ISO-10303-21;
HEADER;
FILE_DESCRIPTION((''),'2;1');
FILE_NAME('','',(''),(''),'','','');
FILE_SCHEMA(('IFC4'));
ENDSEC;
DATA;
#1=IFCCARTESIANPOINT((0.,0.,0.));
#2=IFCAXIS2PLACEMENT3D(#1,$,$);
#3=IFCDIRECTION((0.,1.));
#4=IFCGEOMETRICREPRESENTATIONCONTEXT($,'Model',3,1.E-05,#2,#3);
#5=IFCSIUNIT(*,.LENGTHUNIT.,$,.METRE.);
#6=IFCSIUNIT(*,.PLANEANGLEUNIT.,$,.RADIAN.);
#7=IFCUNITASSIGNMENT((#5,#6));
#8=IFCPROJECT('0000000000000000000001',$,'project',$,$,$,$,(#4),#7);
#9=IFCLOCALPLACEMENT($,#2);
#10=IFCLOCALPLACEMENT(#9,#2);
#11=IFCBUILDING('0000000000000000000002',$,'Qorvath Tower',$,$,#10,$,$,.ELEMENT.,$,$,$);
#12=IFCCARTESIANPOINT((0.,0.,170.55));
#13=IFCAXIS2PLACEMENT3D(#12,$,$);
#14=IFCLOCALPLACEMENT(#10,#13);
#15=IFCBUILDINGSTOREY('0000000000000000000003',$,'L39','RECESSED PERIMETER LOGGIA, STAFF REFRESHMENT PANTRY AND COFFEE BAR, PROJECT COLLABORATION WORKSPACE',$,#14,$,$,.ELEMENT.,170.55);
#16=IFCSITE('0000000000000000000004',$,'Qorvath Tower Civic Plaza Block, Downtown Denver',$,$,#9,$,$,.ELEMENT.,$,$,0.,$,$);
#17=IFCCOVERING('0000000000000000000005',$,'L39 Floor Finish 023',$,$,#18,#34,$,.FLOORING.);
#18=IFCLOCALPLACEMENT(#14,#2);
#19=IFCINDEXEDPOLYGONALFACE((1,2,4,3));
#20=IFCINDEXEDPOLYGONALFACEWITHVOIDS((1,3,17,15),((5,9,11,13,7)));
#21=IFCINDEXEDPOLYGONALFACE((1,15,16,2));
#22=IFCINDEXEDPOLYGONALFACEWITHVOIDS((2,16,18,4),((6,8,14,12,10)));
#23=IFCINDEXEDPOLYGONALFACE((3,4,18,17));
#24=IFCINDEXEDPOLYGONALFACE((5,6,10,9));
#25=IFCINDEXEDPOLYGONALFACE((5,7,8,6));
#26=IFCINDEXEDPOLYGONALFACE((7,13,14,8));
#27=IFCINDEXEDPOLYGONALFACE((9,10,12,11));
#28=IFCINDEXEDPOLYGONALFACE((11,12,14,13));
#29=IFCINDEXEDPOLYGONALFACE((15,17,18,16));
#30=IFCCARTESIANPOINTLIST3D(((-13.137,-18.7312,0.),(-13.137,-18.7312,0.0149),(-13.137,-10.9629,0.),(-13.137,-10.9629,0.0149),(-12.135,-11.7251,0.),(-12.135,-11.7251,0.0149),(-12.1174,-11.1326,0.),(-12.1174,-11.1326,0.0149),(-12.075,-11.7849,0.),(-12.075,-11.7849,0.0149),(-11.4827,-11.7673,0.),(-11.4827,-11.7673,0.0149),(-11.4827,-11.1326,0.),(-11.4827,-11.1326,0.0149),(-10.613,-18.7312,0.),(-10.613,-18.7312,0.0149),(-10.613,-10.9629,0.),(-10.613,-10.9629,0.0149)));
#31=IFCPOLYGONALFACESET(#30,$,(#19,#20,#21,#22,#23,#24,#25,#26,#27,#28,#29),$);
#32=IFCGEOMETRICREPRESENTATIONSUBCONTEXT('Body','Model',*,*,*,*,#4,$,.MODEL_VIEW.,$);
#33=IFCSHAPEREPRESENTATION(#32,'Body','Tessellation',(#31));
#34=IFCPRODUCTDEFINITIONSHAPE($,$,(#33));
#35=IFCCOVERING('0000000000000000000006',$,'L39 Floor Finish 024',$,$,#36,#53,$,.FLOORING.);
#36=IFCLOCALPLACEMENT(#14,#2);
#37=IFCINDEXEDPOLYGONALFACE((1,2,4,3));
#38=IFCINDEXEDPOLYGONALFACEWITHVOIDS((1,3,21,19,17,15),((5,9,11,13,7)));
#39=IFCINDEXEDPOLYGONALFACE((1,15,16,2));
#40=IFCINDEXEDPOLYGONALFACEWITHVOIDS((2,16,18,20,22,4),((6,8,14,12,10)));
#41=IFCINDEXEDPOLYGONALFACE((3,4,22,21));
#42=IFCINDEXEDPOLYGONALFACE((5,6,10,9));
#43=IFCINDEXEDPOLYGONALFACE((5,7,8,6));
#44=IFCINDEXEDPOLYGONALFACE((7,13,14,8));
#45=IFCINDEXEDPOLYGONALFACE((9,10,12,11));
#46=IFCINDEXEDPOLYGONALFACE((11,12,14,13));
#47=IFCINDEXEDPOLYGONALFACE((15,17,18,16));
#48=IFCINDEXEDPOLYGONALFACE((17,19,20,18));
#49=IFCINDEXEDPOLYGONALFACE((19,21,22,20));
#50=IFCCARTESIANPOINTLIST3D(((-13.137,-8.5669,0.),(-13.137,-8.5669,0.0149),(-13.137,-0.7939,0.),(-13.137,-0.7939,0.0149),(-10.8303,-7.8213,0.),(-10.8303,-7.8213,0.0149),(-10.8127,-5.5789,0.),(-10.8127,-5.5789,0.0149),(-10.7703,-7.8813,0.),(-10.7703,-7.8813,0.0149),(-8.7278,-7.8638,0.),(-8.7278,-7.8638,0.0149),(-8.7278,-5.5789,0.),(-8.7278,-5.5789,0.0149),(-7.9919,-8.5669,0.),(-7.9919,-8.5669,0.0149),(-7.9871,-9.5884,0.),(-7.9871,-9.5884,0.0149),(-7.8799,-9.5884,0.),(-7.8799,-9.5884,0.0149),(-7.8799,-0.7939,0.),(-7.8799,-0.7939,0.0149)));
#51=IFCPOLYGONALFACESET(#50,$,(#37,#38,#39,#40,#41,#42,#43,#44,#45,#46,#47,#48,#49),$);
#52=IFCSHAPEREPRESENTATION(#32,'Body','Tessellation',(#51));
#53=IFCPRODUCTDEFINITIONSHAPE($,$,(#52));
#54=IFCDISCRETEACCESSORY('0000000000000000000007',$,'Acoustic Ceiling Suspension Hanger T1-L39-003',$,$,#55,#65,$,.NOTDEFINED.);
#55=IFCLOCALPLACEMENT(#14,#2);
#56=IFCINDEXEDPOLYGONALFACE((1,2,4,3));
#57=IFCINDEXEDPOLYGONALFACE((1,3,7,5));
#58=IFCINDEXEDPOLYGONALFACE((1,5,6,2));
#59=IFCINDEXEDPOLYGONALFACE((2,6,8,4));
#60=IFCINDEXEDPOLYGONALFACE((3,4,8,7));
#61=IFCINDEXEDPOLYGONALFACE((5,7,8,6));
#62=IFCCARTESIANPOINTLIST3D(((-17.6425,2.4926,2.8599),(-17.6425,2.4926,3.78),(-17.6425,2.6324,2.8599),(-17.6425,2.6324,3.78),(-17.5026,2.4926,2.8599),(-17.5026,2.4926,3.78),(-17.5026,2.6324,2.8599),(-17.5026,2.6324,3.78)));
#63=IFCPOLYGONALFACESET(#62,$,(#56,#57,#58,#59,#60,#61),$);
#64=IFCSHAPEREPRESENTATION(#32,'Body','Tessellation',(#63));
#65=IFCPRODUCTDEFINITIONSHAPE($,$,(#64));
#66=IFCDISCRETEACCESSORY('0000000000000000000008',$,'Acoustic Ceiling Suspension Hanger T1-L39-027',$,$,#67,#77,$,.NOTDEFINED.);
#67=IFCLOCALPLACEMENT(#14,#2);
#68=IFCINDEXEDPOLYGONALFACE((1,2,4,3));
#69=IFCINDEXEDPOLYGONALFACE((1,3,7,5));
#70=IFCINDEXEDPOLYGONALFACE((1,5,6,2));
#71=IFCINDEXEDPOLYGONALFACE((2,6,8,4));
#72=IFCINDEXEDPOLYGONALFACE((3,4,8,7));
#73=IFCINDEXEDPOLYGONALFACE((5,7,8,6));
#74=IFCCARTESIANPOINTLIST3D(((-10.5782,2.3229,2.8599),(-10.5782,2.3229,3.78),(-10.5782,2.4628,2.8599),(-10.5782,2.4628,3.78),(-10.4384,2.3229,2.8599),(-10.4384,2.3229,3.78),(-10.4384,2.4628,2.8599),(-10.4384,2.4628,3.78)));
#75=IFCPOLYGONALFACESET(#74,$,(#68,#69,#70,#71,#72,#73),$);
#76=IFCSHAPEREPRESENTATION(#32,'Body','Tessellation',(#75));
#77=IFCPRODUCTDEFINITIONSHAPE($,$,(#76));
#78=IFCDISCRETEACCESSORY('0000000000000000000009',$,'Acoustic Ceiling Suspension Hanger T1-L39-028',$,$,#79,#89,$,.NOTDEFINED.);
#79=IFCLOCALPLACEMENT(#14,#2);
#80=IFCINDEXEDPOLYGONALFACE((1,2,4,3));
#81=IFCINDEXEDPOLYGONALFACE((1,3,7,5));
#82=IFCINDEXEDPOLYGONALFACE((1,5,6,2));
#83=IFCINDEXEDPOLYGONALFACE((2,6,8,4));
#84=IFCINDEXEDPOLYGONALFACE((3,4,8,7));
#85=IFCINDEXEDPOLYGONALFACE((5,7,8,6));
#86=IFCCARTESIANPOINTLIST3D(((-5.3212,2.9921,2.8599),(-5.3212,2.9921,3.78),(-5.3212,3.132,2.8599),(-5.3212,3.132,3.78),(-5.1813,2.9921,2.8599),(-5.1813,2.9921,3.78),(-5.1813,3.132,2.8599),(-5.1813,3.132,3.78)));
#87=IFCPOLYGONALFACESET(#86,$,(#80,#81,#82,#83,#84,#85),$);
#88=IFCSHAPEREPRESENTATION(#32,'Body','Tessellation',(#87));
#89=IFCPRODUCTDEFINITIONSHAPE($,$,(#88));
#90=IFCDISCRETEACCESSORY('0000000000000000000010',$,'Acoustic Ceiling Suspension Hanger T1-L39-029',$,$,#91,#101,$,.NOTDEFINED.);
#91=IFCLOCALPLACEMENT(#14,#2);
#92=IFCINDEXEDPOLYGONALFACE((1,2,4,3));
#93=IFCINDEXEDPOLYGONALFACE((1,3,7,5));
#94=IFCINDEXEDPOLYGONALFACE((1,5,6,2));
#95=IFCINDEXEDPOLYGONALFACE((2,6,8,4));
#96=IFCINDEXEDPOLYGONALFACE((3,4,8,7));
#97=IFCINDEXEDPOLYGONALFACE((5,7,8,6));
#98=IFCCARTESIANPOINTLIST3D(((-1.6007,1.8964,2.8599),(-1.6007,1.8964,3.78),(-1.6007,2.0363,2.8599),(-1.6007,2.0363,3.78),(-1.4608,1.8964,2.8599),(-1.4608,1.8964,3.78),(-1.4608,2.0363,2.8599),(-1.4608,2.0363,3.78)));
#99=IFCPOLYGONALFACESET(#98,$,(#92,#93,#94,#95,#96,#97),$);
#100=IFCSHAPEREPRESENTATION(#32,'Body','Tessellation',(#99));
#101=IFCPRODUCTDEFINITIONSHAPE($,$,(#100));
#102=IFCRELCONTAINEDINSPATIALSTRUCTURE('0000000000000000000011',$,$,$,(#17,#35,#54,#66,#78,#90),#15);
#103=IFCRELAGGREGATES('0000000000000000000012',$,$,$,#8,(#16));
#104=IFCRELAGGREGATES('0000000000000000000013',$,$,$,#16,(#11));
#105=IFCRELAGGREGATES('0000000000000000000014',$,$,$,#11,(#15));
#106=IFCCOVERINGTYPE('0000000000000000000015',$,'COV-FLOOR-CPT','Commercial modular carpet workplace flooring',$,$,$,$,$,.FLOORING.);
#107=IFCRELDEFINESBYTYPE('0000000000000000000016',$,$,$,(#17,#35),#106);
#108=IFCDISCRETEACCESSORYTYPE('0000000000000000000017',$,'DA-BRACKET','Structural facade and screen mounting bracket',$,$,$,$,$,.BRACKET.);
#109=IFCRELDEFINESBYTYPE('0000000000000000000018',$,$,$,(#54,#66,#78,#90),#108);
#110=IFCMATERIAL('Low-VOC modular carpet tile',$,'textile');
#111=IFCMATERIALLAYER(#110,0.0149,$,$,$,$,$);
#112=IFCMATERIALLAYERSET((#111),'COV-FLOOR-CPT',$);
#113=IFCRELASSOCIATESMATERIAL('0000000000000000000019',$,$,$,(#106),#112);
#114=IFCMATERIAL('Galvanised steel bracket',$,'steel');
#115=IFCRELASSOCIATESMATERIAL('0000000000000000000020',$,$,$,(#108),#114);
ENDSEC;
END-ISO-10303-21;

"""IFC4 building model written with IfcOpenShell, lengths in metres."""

from ifc_helpers import new_model, si_unit, direction, frame, origin, origin_2d, place, context, subcontext, project, spatial, polyline, rectangle, outline, extrude, material, layer, layer_set, type_object, element, save


model = new_model("IFC4")

# Units and contexts
model_context = context("Model", 3, precision=1e-05, world=origin(), true_north=direction((0.0, 1.0)))
body_context = subcontext(model_context, "Body", "Model", "MODEL_VIEW")
ifc_project = project(units=[si_unit("LENGTHUNIT", "METRE"), si_unit("PLANEANGLEUNIT", "RADIAN")], contexts=[model_context])

# Site, building, storey
site_placement = place(None, origin())
site = spatial("IfcSite", under=ifc_project, at=site_placement, Name="Qorvath Tower Civic Plaza Block, Downtown Denver", CompositionType="ELEMENT", RefElevation=0.0)
building_placement = place(site_placement, origin())
building = spatial("IfcBuilding", under=site, at=building_placement, Name="Qorvath Tower", CompositionType="ELEMENT")
storey_placement = place(building_placement, frame((0.0, 0.0, 170.55)))
storey = spatial("IfcBuildingStorey", under=building, at=storey_placement, Name="L39", Description="RECESSED PERIMETER LOGGIA, STAFF REFRESHMENT PANTRY AND COFFEE BAR, PROJECT COLLABORATION WORKSPACE", CompositionType="ELEMENT", Elevation=170.55)

# Coverings
ifc_material_1 = material(Name="Low-VOC modular carpet tile", Category="textile")
ifc_layer_1 = layer(ifc_material_1, 0.0149)
ifc_layer_set_1 = layer_set([ifc_layer_1], Name="COV-FLOOR-CPT")
covering_type_1 = type_object("IfcCoveringType", Name="COV-FLOOR-CPT", Description="Commercial modular carpet workplace flooring", PredefinedType="FLOORING", material=ifc_layer_set_1)
covering_1_placement = place(storey_placement, origin())
element("IfcCovering", 1, at=covering_1_placement, inside=storey, type_object=covering_type_1, Name="L39 Floor Finish 023", PredefinedType="FLOORING", context=body_context, shape_type="SweptSolid", body=[
    extrude(outline(polyline([(-13.137, -10.9629), (-13.137, -18.7312), (-10.613, -18.7312), (-10.613, -10.9629), (-13.137, -10.9629)]), holes=[polyline([(-12.1174, -11.1326), (-11.4827, -11.1326), (-11.4827, -11.7673), (-12.075, -11.7849), (-12.135, -11.7251), (-12.1174, -11.1326)])]), origin(), (0.0, 0.0, 1.0), 0.0149),
])
covering_2_placement = place(storey_placement, origin())
element("IfcCovering", 2, at=covering_2_placement, inside=storey, type_object=covering_type_1, Name="L39 Floor Finish 024", PredefinedType="FLOORING", context=body_context, shape_type="SweptSolid", body=[
    extrude(outline(polyline([(-7.8799, -9.5884), (-7.8799, -0.7939), (-13.137, -0.7939), (-13.137, -8.5669), (-7.9919, -8.5669), (-7.9871, -9.5884), (-7.8799, -9.5884)]), holes=[polyline([(-10.8303, -7.8213), (-10.8127, -5.5789), (-8.7278, -5.5789), (-8.7278, -7.8638), (-10.7703, -7.8813), (-10.8303, -7.8213)])]), origin(), (0.0, 0.0, 1.0), 0.0149),
])

# Discrete accessories
ifc_material_2 = material(Name="Galvanised steel bracket", Category="steel")
discrete_accessory_type = type_object("IfcDiscreteAccessoryType", Name="DA-BRACKET", Description="Structural facade and screen mounting bracket", PredefinedType="BRACKET", material=ifc_material_2)
for number, where, z_axis, x_axis, name in (
    (3, (-17.5725, 2.5625, 2.8599), (0.0, 0.0, 1.0), (1.0, 0.0, 0.0), "Acoustic Ceiling Suspension Hanger T1-L39-003"),
    (4, (-10.5083, 2.3928, 2.8599), (0.0, 0.0, 1.0), (1.0, 0.0, 0.0), "Acoustic Ceiling Suspension Hanger T1-L39-027"),
    (5, (-5.2512, 3.062, 2.8599), (0.0, 0.0, 1.0), (1.0, 0.0, 0.0), "Acoustic Ceiling Suspension Hanger T1-L39-028"),
    (6, (-1.5308, 1.9663, 2.8599), (0.0, 0.0, 1.0), (1.0, 0.0, 0.0), "Acoustic Ceiling Suspension Hanger T1-L39-029"),
):
    element("IfcDiscreteAccessory", number, at=place(storey_placement, frame(where, z_axis=z_axis, x_axis=x_axis)), inside=storey, type_object=discrete_accessory_type, Name=name, PredefinedType="NOTDEFINED", context=body_context, shape_type="SweptSolid", body=[
        extrude(rectangle(XDim=0.1399, YDim=0.1399, at=origin_2d()), origin(), (0.0, 0.0, 1.0), 0.9202),
    ])

save(model, "model.ifc")
